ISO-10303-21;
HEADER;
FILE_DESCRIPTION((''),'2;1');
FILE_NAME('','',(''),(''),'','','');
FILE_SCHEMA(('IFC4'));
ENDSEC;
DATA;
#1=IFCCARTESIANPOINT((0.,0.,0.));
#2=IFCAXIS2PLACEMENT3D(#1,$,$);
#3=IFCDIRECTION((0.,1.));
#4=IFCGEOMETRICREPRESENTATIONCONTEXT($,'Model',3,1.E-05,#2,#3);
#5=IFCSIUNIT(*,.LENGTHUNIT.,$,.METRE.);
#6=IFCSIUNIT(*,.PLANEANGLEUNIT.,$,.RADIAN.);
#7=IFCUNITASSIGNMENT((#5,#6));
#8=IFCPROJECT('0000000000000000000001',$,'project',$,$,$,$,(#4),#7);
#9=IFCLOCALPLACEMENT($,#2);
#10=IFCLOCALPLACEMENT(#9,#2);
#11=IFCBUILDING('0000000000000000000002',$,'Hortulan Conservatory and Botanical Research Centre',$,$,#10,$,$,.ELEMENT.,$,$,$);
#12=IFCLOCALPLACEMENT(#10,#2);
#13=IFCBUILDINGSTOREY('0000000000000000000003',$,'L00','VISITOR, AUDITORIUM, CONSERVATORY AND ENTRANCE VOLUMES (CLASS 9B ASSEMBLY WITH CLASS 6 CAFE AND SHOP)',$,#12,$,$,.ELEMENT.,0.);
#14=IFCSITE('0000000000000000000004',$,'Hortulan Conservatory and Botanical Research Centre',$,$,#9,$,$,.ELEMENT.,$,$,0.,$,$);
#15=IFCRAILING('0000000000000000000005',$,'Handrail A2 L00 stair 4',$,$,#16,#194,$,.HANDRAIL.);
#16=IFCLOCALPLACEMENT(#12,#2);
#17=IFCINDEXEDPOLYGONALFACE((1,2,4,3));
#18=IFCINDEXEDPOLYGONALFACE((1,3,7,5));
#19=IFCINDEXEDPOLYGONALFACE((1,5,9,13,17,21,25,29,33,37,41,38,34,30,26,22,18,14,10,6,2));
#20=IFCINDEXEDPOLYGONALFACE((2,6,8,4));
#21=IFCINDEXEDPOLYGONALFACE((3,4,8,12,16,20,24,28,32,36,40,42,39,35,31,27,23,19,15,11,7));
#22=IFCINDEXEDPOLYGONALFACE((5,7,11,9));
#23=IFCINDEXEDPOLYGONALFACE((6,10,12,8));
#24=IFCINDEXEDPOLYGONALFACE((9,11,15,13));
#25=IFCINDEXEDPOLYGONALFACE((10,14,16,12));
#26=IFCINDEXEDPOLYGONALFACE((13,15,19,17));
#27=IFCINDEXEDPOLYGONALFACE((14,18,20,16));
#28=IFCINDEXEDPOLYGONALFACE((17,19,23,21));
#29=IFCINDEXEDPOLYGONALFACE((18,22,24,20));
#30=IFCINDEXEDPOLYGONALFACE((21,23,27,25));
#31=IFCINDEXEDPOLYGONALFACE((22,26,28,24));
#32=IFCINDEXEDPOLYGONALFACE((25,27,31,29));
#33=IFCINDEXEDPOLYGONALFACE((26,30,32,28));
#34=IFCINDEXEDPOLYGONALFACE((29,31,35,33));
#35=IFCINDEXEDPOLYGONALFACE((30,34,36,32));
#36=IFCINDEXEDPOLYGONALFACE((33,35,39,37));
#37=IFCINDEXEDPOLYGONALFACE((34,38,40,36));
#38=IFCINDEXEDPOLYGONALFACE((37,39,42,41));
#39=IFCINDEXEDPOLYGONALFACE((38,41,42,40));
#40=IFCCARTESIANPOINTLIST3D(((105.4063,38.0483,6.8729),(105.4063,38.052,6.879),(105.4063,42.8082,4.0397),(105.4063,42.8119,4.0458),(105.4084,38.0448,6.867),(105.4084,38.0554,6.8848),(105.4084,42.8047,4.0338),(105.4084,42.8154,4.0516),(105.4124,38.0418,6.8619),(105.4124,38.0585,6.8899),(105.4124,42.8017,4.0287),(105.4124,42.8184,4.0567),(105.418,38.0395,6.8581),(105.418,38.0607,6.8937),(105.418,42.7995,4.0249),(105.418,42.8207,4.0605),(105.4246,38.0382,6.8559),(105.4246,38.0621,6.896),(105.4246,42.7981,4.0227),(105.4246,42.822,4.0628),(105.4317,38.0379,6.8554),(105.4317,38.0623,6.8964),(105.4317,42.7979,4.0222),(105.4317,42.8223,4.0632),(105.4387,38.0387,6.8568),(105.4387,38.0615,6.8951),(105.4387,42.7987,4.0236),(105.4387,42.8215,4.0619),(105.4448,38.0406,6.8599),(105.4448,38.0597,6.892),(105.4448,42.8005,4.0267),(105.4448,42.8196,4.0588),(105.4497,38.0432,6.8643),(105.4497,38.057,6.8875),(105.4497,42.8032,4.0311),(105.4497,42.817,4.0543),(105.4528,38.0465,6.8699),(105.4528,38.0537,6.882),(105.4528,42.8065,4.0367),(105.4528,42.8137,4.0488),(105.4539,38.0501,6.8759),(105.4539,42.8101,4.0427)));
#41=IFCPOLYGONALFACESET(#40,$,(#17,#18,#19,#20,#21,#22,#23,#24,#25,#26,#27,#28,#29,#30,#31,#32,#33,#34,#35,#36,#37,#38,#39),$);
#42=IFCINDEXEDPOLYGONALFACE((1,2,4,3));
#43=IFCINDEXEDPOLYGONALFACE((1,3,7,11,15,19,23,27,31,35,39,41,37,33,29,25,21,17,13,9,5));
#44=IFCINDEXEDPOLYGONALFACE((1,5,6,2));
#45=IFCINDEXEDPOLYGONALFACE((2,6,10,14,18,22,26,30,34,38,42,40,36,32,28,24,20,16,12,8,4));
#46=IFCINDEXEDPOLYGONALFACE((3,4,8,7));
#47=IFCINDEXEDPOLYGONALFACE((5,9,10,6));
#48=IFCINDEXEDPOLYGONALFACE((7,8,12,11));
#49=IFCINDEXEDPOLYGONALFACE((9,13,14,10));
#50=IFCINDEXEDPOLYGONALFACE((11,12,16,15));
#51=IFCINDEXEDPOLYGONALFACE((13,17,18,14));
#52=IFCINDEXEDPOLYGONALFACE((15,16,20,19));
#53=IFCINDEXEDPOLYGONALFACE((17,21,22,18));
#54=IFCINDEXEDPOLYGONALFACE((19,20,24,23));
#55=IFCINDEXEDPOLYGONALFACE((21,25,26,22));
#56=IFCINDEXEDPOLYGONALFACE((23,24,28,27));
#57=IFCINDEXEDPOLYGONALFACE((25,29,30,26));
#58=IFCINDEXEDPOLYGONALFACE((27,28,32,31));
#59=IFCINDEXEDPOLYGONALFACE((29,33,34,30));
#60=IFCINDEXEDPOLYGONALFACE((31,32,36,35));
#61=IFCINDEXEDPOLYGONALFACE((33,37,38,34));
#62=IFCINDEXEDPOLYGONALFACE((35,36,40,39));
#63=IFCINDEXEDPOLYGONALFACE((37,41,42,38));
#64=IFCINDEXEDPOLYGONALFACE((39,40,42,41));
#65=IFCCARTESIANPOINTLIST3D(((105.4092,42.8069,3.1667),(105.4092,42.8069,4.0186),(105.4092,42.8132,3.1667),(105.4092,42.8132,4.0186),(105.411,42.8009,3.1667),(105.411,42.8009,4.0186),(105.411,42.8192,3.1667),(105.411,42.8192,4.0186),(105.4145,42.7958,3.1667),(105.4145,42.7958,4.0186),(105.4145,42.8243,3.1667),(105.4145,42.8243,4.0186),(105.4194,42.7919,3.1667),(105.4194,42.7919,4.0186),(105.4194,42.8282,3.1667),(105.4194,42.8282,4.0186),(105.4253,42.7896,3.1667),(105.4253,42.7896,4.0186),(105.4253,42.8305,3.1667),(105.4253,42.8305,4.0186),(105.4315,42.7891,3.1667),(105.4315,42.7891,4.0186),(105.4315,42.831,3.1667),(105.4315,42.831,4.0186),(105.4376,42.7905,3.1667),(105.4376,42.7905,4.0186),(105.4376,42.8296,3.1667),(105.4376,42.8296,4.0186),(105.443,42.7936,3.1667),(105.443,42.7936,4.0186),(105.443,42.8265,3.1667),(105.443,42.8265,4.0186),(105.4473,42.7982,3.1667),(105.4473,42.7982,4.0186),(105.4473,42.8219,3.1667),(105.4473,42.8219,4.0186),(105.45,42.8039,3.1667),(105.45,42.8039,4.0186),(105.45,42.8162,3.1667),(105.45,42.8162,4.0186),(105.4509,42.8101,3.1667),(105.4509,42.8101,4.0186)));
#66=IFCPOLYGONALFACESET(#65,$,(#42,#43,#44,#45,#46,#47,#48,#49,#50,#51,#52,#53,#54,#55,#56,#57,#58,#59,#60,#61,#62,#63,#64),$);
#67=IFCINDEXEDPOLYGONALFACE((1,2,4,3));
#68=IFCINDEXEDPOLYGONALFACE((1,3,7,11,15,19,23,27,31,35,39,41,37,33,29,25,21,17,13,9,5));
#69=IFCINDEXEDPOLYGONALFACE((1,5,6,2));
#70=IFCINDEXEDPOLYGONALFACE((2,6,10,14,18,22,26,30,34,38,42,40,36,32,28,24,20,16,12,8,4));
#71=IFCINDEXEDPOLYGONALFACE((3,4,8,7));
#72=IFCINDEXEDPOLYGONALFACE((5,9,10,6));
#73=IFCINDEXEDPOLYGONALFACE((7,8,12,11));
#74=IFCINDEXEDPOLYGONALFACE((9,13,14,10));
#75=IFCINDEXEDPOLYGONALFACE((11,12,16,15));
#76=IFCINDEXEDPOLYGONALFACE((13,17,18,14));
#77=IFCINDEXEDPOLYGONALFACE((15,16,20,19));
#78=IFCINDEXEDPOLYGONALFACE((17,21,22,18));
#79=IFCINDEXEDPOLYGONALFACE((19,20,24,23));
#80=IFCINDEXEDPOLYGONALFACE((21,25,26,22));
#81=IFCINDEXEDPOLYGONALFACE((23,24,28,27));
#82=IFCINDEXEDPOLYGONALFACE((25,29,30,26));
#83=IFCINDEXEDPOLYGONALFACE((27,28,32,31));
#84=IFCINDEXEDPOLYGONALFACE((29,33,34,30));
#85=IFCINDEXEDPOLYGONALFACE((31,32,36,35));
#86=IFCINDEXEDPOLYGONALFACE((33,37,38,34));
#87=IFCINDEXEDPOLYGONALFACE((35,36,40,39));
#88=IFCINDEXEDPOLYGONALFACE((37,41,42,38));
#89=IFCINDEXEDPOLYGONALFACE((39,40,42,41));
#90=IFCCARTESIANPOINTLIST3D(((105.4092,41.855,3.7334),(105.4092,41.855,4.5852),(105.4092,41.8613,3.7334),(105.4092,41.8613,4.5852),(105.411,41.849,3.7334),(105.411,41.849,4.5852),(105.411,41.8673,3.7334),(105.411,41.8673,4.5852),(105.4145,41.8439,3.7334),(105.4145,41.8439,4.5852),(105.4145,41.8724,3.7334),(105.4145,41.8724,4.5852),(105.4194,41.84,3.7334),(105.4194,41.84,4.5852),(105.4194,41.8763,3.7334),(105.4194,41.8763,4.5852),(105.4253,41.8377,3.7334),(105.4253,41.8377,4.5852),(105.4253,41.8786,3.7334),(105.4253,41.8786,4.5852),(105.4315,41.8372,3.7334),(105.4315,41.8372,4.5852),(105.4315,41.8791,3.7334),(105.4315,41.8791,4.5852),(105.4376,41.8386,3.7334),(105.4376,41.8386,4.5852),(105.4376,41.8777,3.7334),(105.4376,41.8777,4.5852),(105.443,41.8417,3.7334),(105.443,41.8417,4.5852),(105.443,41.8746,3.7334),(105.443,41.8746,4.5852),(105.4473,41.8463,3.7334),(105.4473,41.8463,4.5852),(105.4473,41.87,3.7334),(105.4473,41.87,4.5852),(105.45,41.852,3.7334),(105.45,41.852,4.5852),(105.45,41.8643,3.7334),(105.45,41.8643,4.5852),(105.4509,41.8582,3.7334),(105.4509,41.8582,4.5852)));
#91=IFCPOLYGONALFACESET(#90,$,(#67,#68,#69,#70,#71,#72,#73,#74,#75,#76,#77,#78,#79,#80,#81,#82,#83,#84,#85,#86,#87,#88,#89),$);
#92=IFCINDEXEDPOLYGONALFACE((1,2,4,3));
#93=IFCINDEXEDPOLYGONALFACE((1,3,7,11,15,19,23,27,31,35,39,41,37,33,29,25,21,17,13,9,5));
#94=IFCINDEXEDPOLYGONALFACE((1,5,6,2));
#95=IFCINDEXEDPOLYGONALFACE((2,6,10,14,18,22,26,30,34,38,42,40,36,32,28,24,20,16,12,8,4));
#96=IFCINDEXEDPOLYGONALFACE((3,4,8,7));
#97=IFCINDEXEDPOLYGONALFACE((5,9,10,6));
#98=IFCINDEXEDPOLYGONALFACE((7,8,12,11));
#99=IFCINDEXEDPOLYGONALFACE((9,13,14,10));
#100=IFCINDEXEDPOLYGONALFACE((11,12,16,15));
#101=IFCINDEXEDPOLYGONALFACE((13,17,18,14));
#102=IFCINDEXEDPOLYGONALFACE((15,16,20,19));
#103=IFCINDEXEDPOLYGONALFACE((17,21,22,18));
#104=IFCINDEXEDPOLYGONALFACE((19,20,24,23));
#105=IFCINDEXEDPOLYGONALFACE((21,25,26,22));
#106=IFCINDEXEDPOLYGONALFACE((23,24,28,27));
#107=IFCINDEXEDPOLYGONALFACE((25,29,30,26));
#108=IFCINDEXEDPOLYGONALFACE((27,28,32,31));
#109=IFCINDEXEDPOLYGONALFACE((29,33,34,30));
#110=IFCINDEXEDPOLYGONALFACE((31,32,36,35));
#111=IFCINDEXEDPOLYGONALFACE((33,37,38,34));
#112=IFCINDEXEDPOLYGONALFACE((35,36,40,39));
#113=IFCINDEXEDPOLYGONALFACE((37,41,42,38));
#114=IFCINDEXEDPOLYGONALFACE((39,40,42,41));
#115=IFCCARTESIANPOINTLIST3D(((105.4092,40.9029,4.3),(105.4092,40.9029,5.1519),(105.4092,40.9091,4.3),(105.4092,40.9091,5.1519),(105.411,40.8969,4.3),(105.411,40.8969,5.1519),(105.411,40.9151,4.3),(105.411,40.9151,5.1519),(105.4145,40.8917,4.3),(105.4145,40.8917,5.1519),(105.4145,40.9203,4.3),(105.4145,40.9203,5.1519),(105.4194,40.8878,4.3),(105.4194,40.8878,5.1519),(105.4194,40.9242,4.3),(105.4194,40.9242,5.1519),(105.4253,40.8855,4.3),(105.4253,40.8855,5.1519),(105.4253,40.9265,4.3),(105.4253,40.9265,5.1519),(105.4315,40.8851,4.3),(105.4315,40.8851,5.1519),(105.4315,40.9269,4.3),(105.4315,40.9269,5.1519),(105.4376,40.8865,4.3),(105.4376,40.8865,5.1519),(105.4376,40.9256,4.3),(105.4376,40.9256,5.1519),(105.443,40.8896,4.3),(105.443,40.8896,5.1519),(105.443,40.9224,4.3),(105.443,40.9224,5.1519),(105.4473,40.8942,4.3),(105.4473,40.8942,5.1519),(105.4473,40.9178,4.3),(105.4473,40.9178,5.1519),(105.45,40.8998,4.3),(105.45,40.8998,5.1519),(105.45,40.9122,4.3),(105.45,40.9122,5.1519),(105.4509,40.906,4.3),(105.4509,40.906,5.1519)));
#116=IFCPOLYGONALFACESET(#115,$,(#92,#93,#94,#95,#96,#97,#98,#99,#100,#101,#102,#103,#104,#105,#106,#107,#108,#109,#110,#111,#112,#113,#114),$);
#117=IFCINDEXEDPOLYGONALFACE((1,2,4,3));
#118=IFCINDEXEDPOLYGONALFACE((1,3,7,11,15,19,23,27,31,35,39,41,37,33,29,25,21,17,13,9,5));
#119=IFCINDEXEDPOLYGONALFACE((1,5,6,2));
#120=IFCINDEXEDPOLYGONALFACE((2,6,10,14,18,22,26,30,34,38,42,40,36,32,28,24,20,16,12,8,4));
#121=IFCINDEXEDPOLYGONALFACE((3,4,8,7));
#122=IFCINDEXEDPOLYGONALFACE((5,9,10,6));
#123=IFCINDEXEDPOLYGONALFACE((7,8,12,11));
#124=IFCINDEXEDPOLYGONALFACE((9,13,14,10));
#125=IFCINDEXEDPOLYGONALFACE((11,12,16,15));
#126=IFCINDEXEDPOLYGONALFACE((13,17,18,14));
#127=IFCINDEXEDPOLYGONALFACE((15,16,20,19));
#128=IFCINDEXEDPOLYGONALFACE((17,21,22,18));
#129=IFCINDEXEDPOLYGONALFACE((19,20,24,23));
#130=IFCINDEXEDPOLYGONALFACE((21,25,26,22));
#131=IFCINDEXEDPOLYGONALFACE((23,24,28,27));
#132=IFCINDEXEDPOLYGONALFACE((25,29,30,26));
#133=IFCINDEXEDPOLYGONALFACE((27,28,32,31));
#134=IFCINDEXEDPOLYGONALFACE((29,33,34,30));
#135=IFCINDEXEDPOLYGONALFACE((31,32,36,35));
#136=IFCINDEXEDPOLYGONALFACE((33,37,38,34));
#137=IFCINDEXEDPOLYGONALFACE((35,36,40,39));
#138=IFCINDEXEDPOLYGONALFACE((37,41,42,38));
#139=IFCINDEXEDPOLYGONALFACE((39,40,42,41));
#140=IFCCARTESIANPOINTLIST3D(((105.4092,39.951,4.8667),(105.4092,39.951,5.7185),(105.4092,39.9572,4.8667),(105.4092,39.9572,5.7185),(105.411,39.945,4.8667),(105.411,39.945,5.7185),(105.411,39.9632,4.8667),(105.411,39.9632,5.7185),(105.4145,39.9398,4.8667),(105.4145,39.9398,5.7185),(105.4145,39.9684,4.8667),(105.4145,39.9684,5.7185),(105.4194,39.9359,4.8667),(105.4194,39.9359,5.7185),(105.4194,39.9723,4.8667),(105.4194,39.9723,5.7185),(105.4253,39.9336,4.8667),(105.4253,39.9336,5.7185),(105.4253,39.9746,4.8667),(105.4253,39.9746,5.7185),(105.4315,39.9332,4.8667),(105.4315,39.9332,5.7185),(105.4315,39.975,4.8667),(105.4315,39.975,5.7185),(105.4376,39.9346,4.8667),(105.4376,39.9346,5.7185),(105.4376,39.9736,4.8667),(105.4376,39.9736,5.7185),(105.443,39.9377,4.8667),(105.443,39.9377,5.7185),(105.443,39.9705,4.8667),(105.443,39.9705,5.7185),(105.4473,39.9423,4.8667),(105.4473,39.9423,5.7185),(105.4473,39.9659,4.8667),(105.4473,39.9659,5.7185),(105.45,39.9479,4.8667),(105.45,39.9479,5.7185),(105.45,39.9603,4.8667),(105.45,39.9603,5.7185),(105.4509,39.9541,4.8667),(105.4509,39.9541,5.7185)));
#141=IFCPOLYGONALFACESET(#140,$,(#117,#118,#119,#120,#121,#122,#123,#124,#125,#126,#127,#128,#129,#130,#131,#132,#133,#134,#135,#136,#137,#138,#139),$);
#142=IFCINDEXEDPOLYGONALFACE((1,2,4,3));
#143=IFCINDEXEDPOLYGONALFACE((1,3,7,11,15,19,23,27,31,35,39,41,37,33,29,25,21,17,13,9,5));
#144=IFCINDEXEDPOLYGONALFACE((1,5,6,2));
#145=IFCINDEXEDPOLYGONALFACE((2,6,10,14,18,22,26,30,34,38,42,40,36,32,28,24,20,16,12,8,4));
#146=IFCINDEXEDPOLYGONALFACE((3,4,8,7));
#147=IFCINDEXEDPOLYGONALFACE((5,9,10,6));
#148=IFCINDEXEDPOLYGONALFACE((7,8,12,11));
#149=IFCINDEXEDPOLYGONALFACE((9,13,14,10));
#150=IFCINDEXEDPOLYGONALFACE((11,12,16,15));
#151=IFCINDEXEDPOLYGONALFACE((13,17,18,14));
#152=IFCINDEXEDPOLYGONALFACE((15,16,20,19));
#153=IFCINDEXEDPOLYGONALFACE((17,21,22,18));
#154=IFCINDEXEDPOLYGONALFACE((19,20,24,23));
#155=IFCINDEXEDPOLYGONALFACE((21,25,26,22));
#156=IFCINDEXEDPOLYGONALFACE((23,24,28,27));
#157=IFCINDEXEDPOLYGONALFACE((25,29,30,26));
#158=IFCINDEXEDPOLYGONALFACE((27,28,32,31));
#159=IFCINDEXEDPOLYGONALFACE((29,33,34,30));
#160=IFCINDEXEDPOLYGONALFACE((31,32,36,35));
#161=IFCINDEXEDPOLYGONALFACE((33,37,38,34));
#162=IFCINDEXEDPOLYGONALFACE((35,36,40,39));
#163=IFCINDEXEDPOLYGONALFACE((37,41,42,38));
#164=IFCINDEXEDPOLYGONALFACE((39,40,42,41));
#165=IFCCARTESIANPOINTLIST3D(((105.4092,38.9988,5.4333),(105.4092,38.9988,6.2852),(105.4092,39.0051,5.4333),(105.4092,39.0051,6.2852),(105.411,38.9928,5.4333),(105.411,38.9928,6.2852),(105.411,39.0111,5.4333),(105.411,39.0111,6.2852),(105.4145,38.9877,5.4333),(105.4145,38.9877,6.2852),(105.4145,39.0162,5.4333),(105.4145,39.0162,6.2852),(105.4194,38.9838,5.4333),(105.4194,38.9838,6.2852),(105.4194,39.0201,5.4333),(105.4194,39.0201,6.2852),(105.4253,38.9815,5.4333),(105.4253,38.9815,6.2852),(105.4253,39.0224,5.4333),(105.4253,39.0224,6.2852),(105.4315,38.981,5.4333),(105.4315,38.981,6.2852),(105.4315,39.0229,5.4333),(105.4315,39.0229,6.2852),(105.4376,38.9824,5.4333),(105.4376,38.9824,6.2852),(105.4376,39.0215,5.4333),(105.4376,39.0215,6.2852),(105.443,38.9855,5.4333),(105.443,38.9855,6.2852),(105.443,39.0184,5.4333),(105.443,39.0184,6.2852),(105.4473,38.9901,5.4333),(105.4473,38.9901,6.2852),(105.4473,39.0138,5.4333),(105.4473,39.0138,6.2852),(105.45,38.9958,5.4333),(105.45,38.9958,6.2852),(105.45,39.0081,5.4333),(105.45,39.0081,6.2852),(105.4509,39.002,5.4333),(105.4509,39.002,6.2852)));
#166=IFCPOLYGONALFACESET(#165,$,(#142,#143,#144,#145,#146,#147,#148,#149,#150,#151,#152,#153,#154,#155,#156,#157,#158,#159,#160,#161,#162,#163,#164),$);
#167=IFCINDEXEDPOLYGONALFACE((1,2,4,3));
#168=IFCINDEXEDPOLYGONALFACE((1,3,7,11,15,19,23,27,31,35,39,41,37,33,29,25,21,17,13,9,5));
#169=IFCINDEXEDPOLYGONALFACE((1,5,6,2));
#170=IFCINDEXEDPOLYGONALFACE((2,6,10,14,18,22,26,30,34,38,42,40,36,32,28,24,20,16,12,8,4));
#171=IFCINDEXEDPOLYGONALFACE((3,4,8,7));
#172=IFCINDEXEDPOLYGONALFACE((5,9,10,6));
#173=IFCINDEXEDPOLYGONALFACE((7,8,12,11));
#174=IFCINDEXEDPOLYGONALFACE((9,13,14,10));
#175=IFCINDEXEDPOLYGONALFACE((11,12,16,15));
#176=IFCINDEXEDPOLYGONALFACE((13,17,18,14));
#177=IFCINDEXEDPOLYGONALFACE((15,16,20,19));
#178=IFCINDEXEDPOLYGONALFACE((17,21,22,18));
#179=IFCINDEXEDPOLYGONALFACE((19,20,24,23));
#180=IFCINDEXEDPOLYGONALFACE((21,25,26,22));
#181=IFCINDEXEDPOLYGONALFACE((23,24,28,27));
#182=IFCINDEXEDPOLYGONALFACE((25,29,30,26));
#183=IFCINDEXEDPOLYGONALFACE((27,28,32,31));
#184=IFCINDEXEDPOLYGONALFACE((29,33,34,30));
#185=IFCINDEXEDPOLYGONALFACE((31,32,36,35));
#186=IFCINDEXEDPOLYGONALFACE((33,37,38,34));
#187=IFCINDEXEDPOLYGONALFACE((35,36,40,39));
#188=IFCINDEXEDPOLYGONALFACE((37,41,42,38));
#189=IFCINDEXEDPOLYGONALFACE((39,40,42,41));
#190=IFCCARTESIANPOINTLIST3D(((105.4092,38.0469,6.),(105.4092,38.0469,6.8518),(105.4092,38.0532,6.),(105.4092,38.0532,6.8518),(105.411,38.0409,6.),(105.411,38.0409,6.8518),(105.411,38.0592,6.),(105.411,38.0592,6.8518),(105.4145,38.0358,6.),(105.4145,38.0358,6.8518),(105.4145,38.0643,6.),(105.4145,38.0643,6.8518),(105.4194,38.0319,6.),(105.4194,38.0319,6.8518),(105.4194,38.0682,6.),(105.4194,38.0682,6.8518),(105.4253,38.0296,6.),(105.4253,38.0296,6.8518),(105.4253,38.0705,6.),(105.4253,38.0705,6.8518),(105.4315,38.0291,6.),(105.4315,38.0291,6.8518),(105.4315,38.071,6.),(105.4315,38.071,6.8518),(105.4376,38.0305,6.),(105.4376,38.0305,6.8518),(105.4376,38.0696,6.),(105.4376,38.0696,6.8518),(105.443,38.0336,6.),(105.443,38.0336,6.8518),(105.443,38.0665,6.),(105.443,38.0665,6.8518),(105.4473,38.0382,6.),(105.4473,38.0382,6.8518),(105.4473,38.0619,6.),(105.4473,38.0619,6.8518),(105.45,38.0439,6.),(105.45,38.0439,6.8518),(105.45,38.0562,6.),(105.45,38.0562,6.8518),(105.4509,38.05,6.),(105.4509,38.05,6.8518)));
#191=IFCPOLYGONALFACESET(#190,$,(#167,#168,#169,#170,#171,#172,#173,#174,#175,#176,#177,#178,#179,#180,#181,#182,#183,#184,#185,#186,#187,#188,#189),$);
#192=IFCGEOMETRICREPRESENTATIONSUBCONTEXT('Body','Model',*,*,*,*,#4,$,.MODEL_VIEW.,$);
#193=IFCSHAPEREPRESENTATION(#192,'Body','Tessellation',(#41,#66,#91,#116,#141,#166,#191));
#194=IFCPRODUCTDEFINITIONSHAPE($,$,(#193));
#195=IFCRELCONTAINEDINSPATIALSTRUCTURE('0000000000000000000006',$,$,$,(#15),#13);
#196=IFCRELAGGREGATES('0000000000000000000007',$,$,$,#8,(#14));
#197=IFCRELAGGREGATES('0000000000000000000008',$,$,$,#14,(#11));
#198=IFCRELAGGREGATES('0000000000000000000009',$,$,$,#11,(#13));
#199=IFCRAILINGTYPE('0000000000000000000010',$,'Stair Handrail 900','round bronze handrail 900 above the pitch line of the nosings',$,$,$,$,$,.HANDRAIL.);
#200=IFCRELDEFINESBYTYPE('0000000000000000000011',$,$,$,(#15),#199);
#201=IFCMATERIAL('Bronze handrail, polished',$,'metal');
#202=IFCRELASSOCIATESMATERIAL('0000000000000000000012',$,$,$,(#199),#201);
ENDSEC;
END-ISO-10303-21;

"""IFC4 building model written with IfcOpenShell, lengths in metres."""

from ifc_helpers import new_model, si_unit, direction, frame, origin, origin_2d, place, context, subcontext, project, spatial, circle, extrude, material, type_object, element, save


model = new_model("IFC4")

# Units and contexts
model_context = context("Model", 3, precision=1e-05, world=origin(), true_north=direction((0.0, 1.0)))
body_context = subcontext(model_context, "Body", "Model", "MODEL_VIEW")
ifc_project = project(units=[si_unit("LENGTHUNIT", "METRE"), si_unit("PLANEANGLEUNIT", "RADIAN")], contexts=[model_context])

# Site, building, storey
site_placement = place(None, origin())
site = spatial("IfcSite", under=ifc_project, at=site_placement, Name="Hortulan Conservatory and Botanical Research Centre", CompositionType="ELEMENT", RefElevation=0.0)
building_placement = place(site_placement, origin())
building = spatial("IfcBuilding", under=site, at=building_placement, Name="Hortulan Conservatory and Botanical Research Centre", CompositionType="ELEMENT")
storey_placement = place(building_placement, origin())
storey = spatial("IfcBuildingStorey", under=building, at=storey_placement, Name="L00", Description="VISITOR, AUDITORIUM, CONSERVATORY AND ENTRANCE VOLUMES (CLASS 9B ASSEMBLY WITH CLASS 6 CAFE AND SHOP)", CompositionType="ELEMENT", Elevation=0.0)

# Railing
ifc_material_1 = material(Name="Bronze handrail, polished", Category="metal")
railing_type_1 = type_object("IfcRailingType", Name="Stair Handrail 900", Description="round bronze handrail 900 above the pitch line of the nosings", PredefinedType="HANDRAIL", material=ifc_material_1)
railing_1_placement = place(storey_placement, frame((105.4299, 42.8101, 3.1667)))
element("IfcRailing", 1, at=railing_1_placement, inside=storey, type_object=railing_type_1, Name="Handrail A2 L00 stair 4", PredefinedType="HANDRAIL", context=body_context, shape_type="SweptSolid", body=[
    extrude(circle(Radius=0.0239, at=origin_2d()), frame((0.0, 0.0, 0.876), z_axis=(0.0, -0.8593, 0.511472), x_axis=(1.0, 0.0, 0.0)), (0.0, 0.0, 1.0), 5.5393),
    extrude(circle(Radius=0.021, at=origin_2d()), origin(), (0.0, 0.0, 1.0), 0.8518),
    extrude(circle(Radius=0.021, at=origin_2d()), frame((0.0, -0.9519, 0.5667)), (0.0, 0.0, 1.0), 0.8518),
    extrude(circle(Radius=0.021, at=origin_2d()), frame((0.0, -1.9041, 1.1333)), (0.0, 0.0, 1.0), 0.8518),
    extrude(circle(Radius=0.021, at=origin_2d()), frame((0.0, -2.856, 1.7)), (0.0, 0.0, 1.0), 0.8518),
    extrude(circle(Radius=0.021, at=origin_2d()), frame((0.0, -3.8081, 2.2666)), (0.0, 0.0, 1.0), 0.8518),
    extrude(circle(Radius=0.021, at=origin_2d()), frame((0.0, -4.76, 2.8333)), (0.0, 0.0, 1.0), 0.8518),
])

save(model, "model.ifc")
